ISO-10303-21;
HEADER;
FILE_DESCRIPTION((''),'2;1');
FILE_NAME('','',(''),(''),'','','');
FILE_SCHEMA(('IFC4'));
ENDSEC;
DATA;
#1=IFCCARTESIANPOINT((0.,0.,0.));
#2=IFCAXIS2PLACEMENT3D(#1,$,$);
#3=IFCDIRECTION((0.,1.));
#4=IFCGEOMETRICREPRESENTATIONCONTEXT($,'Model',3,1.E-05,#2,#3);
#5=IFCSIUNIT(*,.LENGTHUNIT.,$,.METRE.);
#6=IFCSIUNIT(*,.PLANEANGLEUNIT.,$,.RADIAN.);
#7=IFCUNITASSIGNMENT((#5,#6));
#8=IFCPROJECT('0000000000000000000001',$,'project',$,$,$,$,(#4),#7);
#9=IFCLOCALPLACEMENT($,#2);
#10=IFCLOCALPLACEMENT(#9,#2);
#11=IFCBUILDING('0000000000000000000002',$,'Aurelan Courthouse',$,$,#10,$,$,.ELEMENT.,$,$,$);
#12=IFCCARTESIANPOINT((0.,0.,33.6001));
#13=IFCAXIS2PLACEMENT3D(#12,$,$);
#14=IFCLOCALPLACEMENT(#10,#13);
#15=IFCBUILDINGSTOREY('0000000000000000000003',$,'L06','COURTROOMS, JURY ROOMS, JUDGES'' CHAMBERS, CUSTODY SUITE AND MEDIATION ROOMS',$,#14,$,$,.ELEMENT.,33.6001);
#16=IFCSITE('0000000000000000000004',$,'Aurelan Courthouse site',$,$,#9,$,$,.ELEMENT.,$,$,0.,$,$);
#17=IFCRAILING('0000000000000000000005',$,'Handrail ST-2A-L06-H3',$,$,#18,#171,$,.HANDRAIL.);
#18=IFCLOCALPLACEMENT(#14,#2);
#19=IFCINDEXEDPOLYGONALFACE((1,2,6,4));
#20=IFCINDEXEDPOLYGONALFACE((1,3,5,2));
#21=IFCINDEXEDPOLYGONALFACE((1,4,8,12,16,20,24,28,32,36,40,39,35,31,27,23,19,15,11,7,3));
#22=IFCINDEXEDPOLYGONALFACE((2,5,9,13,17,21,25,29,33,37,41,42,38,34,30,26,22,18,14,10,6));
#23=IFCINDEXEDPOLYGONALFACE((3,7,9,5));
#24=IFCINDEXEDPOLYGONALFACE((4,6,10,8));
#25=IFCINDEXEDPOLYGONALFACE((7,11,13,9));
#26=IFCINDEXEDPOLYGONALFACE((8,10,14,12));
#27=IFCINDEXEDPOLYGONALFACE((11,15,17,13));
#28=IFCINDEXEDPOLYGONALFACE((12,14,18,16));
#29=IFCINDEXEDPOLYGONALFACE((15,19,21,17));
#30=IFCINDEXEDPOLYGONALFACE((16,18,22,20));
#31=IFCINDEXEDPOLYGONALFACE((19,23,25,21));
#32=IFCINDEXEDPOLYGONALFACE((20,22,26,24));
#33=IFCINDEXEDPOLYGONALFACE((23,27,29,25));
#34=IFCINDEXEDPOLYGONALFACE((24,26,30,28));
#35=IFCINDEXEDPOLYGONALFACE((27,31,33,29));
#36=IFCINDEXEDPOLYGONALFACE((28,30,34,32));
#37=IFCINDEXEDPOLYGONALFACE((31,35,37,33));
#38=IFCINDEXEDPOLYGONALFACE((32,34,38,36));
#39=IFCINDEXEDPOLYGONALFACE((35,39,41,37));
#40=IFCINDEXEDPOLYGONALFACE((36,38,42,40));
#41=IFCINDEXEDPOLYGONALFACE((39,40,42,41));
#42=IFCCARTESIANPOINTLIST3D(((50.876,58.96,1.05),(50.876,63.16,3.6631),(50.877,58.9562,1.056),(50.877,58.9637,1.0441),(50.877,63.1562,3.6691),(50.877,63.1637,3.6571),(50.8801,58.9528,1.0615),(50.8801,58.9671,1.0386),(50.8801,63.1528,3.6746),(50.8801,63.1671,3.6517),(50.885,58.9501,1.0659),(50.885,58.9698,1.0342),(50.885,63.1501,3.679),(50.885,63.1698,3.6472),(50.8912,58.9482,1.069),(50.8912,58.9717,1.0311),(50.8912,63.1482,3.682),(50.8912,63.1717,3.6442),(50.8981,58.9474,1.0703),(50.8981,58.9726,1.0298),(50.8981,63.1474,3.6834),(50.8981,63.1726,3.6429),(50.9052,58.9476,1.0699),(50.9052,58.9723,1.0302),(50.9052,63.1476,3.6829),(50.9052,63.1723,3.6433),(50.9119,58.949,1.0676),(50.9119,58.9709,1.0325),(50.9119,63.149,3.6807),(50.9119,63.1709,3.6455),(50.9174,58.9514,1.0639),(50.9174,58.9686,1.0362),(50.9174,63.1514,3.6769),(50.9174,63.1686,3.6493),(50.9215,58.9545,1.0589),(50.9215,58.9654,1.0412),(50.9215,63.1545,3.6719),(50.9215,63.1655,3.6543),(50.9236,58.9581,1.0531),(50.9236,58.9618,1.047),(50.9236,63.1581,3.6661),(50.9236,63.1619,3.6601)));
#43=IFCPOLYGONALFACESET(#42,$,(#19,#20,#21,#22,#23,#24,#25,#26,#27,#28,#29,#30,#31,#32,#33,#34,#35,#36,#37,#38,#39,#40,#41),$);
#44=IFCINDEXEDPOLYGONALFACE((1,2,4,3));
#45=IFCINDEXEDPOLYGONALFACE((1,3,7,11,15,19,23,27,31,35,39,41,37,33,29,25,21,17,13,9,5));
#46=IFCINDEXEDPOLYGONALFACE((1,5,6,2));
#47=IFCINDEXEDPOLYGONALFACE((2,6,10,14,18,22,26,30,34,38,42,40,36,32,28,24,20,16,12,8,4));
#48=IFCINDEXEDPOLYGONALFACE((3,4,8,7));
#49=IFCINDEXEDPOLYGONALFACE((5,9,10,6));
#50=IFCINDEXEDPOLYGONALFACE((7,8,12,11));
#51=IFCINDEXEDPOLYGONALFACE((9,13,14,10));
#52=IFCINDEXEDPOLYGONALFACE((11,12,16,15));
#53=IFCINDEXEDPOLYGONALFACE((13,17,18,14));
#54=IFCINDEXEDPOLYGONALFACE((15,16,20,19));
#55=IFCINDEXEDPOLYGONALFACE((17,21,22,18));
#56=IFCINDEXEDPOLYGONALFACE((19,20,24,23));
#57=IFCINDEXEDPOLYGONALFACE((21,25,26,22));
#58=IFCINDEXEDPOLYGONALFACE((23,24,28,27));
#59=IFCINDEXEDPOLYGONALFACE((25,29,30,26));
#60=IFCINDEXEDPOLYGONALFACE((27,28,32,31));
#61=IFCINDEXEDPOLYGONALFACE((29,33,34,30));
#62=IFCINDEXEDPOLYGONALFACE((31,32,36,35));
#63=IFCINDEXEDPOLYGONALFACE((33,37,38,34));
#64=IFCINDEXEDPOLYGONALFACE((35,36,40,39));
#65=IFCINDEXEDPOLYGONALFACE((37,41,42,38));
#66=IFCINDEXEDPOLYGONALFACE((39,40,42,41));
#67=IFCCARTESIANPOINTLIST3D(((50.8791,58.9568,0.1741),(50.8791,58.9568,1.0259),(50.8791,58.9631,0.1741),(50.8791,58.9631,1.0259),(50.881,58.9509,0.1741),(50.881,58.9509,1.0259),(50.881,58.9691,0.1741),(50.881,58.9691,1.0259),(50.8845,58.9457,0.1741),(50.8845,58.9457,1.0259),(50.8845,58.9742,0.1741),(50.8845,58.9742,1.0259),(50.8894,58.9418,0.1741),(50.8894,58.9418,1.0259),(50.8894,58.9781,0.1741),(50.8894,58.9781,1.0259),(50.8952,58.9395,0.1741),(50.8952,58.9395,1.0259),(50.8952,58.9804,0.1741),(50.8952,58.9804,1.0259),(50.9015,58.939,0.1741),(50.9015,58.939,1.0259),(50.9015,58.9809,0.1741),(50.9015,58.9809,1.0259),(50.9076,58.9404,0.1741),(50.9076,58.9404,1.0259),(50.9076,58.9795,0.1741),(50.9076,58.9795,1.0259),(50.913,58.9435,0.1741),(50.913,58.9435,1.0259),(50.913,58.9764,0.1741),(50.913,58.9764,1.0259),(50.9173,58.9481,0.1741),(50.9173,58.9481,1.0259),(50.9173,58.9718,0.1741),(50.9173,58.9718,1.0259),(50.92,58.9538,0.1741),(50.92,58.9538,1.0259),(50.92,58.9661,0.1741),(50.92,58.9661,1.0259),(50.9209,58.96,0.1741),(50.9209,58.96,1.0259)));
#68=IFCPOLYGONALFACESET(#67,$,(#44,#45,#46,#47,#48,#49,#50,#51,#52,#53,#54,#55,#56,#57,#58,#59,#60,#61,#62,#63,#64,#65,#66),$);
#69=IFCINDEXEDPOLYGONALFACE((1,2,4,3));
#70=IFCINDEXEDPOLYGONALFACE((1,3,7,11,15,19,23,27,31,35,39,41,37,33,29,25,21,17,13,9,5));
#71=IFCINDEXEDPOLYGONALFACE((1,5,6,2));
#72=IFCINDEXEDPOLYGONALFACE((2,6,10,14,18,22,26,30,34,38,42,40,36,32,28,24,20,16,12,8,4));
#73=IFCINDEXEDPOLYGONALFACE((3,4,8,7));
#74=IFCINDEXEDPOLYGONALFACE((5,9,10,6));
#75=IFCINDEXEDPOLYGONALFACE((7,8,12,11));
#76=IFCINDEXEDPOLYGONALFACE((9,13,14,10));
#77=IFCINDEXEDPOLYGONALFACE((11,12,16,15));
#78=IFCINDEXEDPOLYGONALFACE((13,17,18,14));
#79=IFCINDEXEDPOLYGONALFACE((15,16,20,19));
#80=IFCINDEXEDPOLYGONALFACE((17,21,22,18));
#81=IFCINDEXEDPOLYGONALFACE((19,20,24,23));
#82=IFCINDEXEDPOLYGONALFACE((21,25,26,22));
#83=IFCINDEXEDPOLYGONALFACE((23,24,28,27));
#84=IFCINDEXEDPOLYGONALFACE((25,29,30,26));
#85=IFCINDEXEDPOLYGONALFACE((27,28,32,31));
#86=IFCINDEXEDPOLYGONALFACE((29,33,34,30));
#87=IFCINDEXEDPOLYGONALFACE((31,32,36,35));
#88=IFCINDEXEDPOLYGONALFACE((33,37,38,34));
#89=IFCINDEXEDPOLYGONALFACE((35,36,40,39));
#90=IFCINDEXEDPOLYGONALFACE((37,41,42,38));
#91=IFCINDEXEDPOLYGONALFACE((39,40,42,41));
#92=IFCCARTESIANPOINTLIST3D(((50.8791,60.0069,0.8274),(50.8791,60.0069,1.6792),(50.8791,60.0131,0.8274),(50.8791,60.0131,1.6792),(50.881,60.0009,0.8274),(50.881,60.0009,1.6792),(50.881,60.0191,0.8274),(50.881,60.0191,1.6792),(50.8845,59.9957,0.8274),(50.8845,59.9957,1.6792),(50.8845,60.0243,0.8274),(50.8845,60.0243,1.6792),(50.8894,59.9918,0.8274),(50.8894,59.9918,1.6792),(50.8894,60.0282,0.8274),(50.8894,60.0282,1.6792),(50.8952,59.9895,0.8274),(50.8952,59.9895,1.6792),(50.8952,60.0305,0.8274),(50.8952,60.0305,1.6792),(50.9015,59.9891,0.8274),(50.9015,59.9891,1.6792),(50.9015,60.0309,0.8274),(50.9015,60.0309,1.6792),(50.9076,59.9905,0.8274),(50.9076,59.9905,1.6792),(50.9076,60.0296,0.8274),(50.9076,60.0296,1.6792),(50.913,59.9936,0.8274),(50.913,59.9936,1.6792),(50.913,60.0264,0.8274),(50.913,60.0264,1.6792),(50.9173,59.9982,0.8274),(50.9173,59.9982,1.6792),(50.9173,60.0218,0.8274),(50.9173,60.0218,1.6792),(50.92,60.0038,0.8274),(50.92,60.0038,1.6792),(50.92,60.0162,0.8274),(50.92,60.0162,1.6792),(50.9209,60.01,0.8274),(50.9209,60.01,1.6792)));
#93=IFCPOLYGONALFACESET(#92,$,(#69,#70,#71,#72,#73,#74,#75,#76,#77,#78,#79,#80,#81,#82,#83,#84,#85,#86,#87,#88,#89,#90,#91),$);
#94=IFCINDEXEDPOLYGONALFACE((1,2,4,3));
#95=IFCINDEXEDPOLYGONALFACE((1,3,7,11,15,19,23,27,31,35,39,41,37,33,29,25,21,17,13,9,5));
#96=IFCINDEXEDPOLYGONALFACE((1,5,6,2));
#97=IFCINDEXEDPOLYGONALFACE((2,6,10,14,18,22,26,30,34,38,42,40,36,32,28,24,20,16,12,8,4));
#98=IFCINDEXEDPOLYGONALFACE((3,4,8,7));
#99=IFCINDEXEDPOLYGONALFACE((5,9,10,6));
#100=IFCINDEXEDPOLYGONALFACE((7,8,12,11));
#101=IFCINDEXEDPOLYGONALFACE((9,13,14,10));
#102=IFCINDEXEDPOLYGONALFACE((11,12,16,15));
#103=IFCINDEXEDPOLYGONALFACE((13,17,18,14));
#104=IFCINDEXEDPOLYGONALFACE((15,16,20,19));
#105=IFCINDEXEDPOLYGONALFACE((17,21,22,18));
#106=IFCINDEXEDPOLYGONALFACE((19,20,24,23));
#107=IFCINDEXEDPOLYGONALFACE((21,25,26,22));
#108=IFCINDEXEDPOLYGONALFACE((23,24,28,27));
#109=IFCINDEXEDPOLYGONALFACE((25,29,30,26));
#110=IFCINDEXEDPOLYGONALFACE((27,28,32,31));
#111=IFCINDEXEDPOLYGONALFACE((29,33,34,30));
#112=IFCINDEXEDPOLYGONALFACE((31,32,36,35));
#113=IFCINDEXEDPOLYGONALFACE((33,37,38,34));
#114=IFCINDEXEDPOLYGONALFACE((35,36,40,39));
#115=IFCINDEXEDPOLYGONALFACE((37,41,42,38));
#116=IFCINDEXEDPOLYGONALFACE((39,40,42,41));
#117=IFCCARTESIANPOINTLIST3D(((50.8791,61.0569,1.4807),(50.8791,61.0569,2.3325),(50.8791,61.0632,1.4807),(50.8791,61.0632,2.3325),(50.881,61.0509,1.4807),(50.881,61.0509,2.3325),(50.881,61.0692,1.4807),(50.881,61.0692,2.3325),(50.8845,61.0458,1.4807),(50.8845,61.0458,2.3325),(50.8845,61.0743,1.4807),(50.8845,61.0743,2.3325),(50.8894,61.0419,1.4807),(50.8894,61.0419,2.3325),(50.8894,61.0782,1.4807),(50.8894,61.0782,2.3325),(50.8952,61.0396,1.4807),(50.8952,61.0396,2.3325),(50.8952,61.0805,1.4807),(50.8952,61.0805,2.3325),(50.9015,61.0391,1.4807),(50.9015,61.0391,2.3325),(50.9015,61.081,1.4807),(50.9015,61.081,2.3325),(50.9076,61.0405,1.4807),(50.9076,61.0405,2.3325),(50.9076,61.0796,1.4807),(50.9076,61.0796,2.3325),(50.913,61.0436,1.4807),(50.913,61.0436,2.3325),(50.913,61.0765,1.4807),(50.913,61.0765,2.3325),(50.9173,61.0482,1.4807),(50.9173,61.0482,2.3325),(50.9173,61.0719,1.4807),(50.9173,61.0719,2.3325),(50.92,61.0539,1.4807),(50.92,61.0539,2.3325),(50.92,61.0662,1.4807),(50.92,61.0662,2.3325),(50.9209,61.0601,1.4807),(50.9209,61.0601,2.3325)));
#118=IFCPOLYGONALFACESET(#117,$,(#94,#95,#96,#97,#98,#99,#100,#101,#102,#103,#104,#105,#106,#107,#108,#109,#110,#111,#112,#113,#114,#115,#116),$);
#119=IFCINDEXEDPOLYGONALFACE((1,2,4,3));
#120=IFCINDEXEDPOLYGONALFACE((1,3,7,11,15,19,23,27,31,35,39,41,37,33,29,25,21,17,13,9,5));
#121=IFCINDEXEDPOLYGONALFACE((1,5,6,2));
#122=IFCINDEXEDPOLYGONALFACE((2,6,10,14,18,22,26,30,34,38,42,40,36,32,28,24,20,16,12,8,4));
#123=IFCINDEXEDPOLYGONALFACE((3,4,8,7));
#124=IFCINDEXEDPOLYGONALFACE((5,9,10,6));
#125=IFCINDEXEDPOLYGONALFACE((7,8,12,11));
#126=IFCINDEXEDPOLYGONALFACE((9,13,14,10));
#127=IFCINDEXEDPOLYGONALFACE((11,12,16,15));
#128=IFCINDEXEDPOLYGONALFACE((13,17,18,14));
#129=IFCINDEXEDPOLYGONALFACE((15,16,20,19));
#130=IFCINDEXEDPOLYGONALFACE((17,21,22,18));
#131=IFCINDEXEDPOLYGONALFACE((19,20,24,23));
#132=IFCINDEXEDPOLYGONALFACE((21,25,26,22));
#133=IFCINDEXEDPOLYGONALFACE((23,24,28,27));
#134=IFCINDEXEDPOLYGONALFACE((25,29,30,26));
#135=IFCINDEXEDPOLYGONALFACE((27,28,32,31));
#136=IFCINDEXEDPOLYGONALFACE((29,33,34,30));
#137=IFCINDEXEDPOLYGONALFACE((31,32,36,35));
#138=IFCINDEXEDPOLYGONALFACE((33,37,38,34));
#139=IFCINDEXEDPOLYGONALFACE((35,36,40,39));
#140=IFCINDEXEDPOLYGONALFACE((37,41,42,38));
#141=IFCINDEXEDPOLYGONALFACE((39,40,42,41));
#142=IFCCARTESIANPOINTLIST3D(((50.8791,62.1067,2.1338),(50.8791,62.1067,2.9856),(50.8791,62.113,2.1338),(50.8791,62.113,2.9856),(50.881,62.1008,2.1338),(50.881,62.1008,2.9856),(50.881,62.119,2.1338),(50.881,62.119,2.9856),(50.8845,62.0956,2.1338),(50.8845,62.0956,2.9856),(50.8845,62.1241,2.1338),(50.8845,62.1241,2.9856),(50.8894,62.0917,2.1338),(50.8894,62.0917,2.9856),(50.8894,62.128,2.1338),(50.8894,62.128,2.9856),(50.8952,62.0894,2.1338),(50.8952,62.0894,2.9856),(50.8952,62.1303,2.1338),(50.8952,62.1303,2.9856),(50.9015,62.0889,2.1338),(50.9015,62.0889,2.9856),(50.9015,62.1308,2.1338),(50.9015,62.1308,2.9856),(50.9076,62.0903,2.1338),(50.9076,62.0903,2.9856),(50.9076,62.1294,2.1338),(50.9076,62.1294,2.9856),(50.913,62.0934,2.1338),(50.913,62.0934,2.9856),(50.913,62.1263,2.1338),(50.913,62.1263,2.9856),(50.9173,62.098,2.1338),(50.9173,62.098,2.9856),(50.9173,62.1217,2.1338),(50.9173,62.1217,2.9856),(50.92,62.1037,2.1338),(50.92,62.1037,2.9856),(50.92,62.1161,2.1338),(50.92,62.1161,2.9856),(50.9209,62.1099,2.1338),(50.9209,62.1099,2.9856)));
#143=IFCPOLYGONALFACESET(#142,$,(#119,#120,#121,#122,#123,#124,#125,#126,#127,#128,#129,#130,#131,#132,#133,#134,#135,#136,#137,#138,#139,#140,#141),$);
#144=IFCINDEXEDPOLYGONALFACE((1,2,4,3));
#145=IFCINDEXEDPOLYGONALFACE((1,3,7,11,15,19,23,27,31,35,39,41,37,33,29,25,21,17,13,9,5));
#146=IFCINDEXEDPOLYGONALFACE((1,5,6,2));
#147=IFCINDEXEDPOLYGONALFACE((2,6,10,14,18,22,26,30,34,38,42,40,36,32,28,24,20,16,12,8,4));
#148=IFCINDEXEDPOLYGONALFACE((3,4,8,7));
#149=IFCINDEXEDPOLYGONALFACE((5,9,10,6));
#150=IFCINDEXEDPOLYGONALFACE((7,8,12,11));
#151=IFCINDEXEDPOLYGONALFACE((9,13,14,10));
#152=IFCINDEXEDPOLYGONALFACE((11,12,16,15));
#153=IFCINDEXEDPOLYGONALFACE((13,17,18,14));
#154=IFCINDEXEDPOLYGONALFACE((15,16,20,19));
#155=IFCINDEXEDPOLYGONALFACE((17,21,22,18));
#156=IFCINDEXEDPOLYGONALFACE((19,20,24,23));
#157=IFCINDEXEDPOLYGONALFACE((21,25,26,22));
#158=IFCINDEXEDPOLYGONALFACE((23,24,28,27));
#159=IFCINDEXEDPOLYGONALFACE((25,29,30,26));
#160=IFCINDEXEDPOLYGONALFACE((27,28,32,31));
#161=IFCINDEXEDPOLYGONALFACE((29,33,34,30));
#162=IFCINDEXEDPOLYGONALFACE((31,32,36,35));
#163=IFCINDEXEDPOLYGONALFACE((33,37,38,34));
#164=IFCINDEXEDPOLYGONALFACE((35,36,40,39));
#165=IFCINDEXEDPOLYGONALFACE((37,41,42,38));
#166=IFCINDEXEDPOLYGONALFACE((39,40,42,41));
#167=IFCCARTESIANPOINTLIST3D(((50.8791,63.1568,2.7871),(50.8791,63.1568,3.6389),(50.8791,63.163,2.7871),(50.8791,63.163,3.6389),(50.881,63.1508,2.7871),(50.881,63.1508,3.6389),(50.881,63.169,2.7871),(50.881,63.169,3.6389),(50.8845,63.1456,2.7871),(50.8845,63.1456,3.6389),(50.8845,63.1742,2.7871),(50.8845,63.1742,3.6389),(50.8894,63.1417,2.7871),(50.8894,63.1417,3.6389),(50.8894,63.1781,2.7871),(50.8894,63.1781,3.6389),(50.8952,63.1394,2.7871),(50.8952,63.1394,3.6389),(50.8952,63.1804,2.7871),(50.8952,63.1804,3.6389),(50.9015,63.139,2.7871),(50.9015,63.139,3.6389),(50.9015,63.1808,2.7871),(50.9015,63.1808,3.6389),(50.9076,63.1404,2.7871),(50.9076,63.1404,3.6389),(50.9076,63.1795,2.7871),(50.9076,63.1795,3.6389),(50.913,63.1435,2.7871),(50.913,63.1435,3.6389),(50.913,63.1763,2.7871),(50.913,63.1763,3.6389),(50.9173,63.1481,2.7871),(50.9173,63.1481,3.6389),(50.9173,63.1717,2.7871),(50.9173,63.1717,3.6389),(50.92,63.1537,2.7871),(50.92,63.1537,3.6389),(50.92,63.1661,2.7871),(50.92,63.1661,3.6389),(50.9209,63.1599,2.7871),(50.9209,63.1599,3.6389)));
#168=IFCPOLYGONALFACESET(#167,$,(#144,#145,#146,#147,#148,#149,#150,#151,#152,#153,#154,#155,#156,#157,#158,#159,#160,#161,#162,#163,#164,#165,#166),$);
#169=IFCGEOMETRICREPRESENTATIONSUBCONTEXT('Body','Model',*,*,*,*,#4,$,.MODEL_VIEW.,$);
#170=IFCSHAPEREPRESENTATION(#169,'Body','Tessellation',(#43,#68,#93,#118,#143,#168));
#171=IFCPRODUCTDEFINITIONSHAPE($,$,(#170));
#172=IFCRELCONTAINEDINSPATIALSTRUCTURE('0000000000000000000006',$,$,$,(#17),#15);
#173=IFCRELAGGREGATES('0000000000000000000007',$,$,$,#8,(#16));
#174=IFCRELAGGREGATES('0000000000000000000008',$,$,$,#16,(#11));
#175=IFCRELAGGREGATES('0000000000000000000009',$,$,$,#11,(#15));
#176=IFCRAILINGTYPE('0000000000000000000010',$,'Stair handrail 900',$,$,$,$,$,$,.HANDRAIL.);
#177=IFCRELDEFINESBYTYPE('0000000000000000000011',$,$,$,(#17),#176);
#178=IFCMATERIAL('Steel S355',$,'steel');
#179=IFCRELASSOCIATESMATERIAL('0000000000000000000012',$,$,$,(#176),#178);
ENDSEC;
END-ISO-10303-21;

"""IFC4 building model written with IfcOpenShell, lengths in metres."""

from ifc_helpers import new_model, si_unit, direction, frame, origin, origin_2d, place, context, subcontext, project, spatial, circle, extrude, material, type_object, element, save


model = new_model("IFC4")

# Units and contexts
model_context = context("Model", 3, precision=1e-05, world=origin(), true_north=direction((0.0, 1.0)))
body_context = subcontext(model_context, "Body", "Model", "MODEL_VIEW")
ifc_project = project(units=[si_unit("LENGTHUNIT", "METRE"), si_unit("PLANEANGLEUNIT", "RADIAN")], contexts=[model_context])

# Site, building, storey
site_placement = place(None, origin())
site = spatial("IfcSite", under=ifc_project, at=site_placement, Name="Aurelan Courthouse site", CompositionType="ELEMENT", RefElevation=0.0)
building_placement = place(site_placement, origin())
building = spatial("IfcBuilding", under=site, at=building_placement, Name="Aurelan Courthouse", CompositionType="ELEMENT")
storey_placement = place(building_placement, frame((0.0, 0.0, 33.6001)))
storey = spatial("IfcBuildingStorey", under=building, at=storey_placement, Name="L06", Description="COURTROOMS, JURY ROOMS, JUDGES' CHAMBERS, CUSTODY SUITE AND MEDIATION ROOMS", CompositionType="ELEMENT", Elevation=33.6001)

# Railing
ifc_material_1 = material(Name="Steel S355", Category="steel")
railing_type = type_object("IfcRailingType", Name="Stair handrail 900", PredefinedType="HANDRAIL", material=ifc_material_1)
for number, where, name in (
    (1, (50.8999, 58.96, 0.1741), "Handrail ST-2A-L06-H3"),
):
    element("IfcRailing", number, at=place(storey_placement, frame(where)), inside=storey, type_object=railing_type, Name=name, PredefinedType="HANDRAIL", context=body_context, shape_type="SweptSolid", body=[
        extrude(circle(Radius=0.0239, at=origin_2d()), frame((0.0, 0.0, 0.876), z_axis=(0.0, 0.849081, 0.528263), x_axis=(-1.0, 0.0, 0.0)), (0.0, 0.0, 1.0), 4.9465),
        extrude(circle(Radius=0.021, at=origin_2d()), origin(), (0.0, 0.0, 1.0), 0.8518),
        extrude(circle(Radius=0.021, at=origin_2d()), frame((0.0, 1.05, 0.6533)), (0.0, 0.0, 1.0), 0.8518),
        extrude(circle(Radius=0.021, at=origin_2d()), frame((0.0, 2.1001, 1.3066)), (0.0, 0.0, 1.0), 0.8518),
        extrude(circle(Radius=0.021, at=origin_2d()), frame((0.0, 3.1499, 1.9597)), (0.0, 0.0, 1.0), 0.8518),
        extrude(circle(Radius=0.021, at=origin_2d()), frame((0.0, 4.2, 2.613)), (0.0, 0.0, 1.0), 0.8518),
    ])

save(model, "model.ifc")
